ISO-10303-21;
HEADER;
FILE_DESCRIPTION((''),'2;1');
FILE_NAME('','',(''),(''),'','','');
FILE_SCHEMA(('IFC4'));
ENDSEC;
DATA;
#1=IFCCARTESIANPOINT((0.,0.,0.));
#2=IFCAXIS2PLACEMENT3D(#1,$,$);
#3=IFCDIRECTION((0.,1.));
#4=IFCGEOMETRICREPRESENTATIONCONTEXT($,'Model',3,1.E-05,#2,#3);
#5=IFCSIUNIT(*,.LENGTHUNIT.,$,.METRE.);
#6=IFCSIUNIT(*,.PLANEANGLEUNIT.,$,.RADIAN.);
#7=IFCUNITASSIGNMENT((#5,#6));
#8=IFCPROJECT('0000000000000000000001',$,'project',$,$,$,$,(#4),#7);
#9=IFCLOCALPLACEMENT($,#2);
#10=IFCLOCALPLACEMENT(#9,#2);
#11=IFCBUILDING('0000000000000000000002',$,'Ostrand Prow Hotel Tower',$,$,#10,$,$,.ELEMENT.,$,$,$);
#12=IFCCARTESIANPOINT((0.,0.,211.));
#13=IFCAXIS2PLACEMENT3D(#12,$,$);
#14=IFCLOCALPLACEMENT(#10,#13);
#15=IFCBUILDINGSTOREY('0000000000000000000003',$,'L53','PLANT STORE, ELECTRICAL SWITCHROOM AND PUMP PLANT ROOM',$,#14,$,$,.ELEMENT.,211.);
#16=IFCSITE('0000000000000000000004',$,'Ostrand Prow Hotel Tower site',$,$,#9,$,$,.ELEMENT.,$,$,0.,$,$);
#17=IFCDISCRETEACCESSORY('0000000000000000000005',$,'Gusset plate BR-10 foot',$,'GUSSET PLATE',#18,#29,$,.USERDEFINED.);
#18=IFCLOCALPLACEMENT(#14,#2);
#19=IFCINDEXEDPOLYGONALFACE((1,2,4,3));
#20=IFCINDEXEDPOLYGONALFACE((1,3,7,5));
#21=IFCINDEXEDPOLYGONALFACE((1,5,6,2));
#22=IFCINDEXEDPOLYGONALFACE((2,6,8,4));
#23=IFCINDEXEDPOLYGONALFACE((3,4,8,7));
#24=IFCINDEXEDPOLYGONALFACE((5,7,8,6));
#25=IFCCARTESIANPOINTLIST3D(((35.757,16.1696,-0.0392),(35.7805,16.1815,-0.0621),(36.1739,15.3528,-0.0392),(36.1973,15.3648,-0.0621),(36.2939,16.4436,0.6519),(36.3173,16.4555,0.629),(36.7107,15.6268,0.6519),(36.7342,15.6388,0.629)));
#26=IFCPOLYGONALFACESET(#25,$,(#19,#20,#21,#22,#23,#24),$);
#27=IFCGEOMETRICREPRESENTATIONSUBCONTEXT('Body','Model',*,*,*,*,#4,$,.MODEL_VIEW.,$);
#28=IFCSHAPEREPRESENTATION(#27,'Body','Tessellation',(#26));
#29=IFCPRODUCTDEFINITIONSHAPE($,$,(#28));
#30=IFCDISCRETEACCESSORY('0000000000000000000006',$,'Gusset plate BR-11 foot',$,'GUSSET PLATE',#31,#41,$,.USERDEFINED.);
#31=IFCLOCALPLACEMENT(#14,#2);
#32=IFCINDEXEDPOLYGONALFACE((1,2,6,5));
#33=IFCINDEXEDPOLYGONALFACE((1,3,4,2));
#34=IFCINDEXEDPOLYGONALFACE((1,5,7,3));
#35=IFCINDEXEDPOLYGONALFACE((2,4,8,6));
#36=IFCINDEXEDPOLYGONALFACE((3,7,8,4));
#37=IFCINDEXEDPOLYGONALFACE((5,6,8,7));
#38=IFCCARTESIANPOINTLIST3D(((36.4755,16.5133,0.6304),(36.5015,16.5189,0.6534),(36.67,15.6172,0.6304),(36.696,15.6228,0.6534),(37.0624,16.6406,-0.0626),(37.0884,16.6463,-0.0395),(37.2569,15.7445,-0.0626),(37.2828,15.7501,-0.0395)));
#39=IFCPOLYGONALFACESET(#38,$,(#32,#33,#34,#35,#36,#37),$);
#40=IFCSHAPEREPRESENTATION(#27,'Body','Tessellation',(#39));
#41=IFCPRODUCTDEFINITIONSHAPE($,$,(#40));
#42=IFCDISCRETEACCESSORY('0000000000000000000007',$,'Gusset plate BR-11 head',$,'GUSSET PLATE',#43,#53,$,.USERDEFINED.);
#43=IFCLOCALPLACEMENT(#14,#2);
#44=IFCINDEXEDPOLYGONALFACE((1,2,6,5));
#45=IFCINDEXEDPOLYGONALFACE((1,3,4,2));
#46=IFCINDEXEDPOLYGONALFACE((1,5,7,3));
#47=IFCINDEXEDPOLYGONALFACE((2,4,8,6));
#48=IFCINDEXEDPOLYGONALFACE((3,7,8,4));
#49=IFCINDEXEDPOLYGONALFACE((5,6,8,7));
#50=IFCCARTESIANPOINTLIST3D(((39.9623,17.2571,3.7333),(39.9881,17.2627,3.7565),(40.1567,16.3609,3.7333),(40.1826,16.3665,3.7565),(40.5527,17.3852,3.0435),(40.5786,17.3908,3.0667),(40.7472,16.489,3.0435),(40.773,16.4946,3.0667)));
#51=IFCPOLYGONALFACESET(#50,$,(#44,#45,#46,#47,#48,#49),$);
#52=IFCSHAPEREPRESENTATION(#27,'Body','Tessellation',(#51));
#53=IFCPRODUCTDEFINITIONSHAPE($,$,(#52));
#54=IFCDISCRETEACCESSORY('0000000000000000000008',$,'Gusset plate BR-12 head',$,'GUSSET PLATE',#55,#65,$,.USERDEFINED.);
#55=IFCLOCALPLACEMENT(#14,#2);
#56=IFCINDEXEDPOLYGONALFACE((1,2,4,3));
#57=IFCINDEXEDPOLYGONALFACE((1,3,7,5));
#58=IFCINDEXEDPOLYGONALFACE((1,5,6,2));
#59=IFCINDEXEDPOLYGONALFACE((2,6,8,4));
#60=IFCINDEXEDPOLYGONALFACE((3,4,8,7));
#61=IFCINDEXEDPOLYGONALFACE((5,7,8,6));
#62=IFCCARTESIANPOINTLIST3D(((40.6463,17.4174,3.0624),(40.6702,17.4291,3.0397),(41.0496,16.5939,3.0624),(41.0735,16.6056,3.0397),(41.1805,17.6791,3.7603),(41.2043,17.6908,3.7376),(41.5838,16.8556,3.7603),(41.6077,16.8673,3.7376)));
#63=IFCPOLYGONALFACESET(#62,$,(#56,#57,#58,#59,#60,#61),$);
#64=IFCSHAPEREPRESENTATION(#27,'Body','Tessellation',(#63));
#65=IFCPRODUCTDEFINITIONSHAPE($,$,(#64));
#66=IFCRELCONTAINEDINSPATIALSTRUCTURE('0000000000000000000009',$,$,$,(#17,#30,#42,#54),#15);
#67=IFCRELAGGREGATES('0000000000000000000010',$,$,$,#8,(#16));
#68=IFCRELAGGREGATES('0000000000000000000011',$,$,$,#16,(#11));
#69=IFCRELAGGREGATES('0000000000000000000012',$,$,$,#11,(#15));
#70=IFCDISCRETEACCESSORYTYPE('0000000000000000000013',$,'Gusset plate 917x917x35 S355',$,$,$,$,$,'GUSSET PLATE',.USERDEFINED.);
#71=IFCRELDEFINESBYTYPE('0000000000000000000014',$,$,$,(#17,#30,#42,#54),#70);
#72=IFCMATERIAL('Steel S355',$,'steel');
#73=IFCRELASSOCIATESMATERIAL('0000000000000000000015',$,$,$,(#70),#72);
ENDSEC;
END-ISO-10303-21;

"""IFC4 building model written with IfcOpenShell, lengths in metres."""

from ifc_helpers import new_model, si_unit, direction, frame, origin, origin_2d, place, context, subcontext, project, spatial, rectangle, extrude, material, material_profile, profile_set, type_object, element, save


model = new_model("IFC4")

# Units and contexts
model_context = context("Model", 3, precision=1e-05, world=origin(), true_north=direction((0.0, 1.0)))
body_context = subcontext(model_context, "Body", "Model", "MODEL_VIEW")
ifc_project = project(units=[si_unit("LENGTHUNIT", "METRE"), si_unit("PLANEANGLEUNIT", "RADIAN")], contexts=[model_context])

# Site, building, storey
site_placement = place(None, origin())
site = spatial("IfcSite", under=ifc_project, at=site_placement, Name="Ostrand Prow Hotel Tower site", CompositionType="ELEMENT", RefElevation=0.0)
building_placement = place(site_placement, origin())
building = spatial("IfcBuilding", under=site, at=building_placement, Name="Ostrand Prow Hotel Tower", CompositionType="ELEMENT")
storey_placement = place(building_placement, frame((0.0, 0.0, 211.0)))
storey = spatial("IfcBuildingStorey", under=building, at=storey_placement, Name="L53", Description="PLANT STORE, ELECTRICAL SWITCHROOM AND PUMP PLANT ROOM", CompositionType="ELEMENT", Elevation=211.0)

# Discrete accessories
ifc_material_1 = material(Name="Steel S355", Category="steel")
ifc_material_profile_1 = material_profile(ifc_material_1, rectangle(XDim=0.917, YDim=0.917, at=origin_2d()), Name="PL 917x917x35")
ifc_profile_set_1 = profile_set([ifc_material_profile_1], Name="Steel S355")
discrete_accessory_type = type_object("IfcDiscreteAccessoryType", Name="Gusset plate 917x917x35 S355", ElementType="GUSSET PLATE", PredefinedType="USERDEFINED", material=ifc_profile_set_1)
discrete_accessory_1_placement = place(storey_placement, frame((36.2573, 15.9102, 0.2834), z_axis=(-0.671263, -0.342624, 0.657278), x_axis=(0.454621, -0.890685, 0.0)))
element("IfcDiscreteAccessory", 1, at=discrete_accessory_1_placement, inside=storey, type_object=discrete_accessory_type, Name="Gusset plate BR-10 foot", ObjectType="GUSSET PLATE", PredefinedType="USERDEFINED", context=body_context, shape_type="SweptSolid", body=[
    extrude(rectangle(XDim=0.917, YDim=0.917, at=origin_2d()), origin(), (0.0, 0.0, 1.0), 0.0349),
])
for number, where, z_axis, x_axis, name in (
    (2, (36.8662, 16.1289, 0.2839), (0.738519, 0.160245, 0.654913), (-0.212047, 0.977259, 0.0), "Gusset plate BR-11 foot"),
    (3, (40.3547, 16.873, 3.3884), (0.735155, 0.159515, 0.658865), (-0.212047, 0.977259, 0.0), "Gusset plate BR-11 head"),
):
    element("IfcDiscreteAccessory", number, at=place(storey_placement, frame(where, z_axis=z_axis, x_axis=x_axis)), inside=storey, type_object=discrete_accessory_type, Name=name, ObjectType="GUSSET PLATE", PredefinedType="USERDEFINED", context=body_context, shape_type="SweptSolid", body=[
        extrude(rectangle(XDim=0.917, YDim=0.917, at=origin_2d()), origin(), (0.0, 0.0, 1.0), 0.0352),
    ])
discrete_accessory_2_placement = place(storey_placement, frame((41.1389, 17.1482, 3.3887), z_axis=(-0.683512, -0.334781, 0.648639), x_axis=(0.439867, -0.898063, 0.0)))
element("IfcDiscreteAccessory", 4, at=discrete_accessory_2_placement, inside=storey, type_object=discrete_accessory_type, Name="Gusset plate BR-12 head", ObjectType="GUSSET PLATE", PredefinedType="USERDEFINED", context=body_context, shape_type="SweptSolid", body=[
    extrude(rectangle(XDim=0.917, YDim=0.917, at=origin_2d()), origin(), (0.0, 0.0, 1.0), 0.0349),
])

save(model, "model.ifc")
